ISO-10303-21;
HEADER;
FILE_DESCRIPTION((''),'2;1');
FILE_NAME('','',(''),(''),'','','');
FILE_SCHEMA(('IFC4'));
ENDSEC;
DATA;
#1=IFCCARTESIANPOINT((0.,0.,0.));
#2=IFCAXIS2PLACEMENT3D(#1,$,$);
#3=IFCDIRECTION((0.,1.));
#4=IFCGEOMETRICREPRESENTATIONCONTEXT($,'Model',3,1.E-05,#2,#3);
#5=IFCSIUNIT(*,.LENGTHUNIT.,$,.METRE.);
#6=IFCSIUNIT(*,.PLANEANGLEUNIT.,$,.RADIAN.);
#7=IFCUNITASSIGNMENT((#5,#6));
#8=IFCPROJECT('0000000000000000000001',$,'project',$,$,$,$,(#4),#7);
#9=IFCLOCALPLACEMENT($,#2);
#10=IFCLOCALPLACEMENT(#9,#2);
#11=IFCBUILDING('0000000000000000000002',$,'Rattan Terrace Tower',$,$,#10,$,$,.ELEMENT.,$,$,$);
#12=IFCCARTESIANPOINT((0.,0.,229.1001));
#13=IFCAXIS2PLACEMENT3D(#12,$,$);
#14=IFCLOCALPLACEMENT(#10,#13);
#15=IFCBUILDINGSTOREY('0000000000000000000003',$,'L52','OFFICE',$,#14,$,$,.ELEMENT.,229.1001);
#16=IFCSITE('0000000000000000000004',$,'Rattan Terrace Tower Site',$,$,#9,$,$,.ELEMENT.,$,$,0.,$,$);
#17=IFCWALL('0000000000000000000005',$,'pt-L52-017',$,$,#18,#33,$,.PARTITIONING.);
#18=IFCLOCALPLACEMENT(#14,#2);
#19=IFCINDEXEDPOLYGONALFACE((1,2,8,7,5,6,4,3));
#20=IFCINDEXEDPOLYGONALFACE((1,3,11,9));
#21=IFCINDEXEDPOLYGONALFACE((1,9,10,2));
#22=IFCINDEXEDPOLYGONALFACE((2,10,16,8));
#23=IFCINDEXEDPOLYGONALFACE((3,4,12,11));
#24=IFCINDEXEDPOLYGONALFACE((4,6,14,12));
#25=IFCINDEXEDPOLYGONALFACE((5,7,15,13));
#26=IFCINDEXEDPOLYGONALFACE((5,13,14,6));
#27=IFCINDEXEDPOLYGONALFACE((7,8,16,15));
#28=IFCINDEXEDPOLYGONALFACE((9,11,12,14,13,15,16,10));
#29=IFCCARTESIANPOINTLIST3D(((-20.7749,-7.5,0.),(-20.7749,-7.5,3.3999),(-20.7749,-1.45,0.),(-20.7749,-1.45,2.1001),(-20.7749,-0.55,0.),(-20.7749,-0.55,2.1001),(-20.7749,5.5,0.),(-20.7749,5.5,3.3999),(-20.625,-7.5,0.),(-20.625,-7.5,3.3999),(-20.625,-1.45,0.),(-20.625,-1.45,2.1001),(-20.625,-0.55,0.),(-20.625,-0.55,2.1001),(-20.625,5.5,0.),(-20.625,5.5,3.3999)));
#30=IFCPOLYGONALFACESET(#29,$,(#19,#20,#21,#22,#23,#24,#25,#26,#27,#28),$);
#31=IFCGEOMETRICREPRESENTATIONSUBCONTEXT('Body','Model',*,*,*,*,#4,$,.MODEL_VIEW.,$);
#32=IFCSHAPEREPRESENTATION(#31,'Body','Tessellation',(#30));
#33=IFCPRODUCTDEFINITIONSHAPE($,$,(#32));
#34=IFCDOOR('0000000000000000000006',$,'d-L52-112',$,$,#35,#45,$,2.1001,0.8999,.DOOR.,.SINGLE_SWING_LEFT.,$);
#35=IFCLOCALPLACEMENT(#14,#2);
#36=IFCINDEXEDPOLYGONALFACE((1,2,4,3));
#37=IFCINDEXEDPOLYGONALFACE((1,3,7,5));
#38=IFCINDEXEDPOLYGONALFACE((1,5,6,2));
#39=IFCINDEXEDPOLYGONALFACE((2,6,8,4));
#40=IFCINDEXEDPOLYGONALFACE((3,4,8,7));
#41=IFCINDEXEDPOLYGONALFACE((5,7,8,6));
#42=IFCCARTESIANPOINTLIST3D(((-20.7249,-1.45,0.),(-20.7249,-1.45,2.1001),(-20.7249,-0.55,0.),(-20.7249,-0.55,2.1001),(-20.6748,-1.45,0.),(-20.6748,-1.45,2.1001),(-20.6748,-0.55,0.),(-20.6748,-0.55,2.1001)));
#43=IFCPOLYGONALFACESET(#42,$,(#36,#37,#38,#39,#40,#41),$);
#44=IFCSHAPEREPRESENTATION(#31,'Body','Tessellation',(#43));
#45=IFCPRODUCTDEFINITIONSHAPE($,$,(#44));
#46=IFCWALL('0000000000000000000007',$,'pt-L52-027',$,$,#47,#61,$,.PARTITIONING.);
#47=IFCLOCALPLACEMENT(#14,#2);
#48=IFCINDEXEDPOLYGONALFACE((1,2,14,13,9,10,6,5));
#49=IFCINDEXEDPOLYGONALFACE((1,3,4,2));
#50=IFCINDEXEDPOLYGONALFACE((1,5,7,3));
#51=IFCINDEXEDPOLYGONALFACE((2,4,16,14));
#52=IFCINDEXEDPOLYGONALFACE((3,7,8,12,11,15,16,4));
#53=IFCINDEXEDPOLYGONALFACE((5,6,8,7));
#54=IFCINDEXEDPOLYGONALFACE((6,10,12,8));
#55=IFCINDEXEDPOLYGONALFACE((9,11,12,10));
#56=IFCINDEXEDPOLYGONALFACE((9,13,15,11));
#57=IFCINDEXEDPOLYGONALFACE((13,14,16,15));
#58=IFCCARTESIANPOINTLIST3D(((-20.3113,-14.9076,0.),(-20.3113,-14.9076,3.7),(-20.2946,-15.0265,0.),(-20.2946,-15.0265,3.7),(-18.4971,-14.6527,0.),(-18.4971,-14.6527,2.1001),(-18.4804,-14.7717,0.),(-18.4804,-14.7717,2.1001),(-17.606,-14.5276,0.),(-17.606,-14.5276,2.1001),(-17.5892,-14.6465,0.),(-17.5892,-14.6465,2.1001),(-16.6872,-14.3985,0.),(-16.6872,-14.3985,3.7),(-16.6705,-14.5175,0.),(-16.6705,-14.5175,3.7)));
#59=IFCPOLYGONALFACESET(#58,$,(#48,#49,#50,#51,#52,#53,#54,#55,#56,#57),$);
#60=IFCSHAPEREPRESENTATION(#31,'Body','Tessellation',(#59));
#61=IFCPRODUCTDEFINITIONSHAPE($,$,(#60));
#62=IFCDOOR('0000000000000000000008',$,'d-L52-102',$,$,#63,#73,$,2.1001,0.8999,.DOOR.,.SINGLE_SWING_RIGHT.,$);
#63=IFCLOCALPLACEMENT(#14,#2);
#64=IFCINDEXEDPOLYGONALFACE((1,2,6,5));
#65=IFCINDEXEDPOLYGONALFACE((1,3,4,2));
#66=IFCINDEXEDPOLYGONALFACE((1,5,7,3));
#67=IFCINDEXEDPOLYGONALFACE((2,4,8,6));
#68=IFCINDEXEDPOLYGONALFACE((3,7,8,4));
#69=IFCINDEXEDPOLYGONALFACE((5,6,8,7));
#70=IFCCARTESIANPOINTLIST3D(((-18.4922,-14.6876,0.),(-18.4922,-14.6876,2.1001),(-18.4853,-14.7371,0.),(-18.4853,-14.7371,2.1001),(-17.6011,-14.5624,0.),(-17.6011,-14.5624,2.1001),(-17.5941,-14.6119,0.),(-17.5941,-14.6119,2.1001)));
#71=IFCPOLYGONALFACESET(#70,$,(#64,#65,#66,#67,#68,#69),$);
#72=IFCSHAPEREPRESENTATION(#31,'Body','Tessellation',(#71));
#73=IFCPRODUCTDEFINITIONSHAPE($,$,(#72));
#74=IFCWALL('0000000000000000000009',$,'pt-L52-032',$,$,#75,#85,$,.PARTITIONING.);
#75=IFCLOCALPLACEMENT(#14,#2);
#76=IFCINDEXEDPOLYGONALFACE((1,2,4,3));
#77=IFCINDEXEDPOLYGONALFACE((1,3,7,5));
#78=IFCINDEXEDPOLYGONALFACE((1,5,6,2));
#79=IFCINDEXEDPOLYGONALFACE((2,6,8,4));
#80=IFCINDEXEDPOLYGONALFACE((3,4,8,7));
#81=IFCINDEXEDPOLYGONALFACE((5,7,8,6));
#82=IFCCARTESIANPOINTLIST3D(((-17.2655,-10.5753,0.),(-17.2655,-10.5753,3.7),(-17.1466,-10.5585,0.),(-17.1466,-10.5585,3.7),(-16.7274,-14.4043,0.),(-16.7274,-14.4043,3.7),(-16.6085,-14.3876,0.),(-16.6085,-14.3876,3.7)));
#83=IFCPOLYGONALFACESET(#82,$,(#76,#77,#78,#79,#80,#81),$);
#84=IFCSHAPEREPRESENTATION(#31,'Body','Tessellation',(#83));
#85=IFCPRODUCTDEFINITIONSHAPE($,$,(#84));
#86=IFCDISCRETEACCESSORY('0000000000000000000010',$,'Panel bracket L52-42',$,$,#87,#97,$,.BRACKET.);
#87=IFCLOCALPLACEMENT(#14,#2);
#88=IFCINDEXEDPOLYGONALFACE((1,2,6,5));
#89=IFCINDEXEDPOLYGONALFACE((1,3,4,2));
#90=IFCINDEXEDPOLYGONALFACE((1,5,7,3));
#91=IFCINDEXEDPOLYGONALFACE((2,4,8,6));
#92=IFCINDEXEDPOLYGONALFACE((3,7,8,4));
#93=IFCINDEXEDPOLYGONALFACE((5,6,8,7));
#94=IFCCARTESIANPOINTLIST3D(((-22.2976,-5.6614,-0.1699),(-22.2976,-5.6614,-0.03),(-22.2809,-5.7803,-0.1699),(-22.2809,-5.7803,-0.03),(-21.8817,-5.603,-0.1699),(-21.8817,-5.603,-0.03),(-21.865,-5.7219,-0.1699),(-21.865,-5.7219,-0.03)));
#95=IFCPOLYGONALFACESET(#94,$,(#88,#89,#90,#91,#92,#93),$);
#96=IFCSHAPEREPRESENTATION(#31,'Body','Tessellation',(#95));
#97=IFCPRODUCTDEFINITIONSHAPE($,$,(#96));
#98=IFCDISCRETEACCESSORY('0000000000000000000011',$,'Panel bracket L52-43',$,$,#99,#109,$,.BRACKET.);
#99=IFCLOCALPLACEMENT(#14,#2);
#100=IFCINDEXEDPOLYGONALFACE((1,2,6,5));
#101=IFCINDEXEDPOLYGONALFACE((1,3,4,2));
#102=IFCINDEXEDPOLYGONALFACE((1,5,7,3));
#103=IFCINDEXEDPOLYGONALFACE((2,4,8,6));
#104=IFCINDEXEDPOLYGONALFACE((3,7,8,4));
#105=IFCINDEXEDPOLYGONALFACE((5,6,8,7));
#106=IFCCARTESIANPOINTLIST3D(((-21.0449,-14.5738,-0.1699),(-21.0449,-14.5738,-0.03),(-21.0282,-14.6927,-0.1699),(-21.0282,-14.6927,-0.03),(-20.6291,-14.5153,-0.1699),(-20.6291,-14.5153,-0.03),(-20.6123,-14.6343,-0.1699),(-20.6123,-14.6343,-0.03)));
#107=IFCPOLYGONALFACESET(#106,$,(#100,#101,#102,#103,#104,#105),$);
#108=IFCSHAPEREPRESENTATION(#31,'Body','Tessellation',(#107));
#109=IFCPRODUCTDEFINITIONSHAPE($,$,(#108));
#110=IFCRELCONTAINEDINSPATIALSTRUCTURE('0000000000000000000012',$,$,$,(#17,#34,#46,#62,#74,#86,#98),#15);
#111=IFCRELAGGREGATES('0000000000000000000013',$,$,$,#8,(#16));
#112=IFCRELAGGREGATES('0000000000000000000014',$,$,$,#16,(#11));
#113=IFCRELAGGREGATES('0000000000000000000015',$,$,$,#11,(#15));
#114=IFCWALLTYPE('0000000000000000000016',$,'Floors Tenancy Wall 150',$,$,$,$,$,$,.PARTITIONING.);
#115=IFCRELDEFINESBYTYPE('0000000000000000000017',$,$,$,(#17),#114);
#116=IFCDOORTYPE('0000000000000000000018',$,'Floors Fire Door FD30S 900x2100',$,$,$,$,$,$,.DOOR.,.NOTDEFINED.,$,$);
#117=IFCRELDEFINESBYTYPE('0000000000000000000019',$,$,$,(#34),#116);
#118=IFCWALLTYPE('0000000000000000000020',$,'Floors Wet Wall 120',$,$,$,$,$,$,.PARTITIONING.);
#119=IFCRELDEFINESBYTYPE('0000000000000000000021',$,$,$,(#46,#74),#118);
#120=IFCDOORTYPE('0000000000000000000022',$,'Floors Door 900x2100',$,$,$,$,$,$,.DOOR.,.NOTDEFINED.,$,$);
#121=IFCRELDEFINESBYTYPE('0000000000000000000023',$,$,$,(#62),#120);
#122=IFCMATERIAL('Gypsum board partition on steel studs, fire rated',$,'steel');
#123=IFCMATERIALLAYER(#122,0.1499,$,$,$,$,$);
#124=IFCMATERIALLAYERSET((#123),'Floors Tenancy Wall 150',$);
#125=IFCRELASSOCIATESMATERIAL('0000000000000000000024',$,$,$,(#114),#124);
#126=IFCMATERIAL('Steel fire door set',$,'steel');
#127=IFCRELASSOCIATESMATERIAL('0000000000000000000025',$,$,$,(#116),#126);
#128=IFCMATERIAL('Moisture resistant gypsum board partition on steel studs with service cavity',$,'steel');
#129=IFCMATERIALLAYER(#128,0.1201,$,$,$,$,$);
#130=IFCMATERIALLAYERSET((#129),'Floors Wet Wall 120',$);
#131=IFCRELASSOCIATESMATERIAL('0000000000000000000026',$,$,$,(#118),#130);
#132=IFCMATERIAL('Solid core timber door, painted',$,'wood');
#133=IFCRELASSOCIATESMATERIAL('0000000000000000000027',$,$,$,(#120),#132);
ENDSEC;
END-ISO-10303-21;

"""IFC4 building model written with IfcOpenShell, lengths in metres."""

from ifc_helpers import new_model, si_unit, direction, frame, frame_2d, origin, origin_2d, place, context, subcontext, project, spatial, rectangle, extrude, material, layer, layer_set, type_object, element, fill, save


model = new_model("IFC4")

# Units and contexts
model_context = context("Model", 3, precision=1e-05, world=origin(), true_north=direction((0.0, 1.0)))
body_context = subcontext(model_context, "Body", "Model", "MODEL_VIEW")
ifc_project = project(units=[si_unit("LENGTHUNIT", "METRE"), si_unit("PLANEANGLEUNIT", "RADIAN")], contexts=[model_context])

# Site, building, storey
site_placement = place(None, origin())
site = spatial("IfcSite", under=ifc_project, at=site_placement, Name="Rattan Terrace Tower Site", CompositionType="ELEMENT", RefElevation=0.0)
building_placement = place(site_placement, origin())
building = spatial("IfcBuilding", under=site, at=building_placement, Name="Rattan Terrace Tower", CompositionType="ELEMENT")
storey_placement = place(building_placement, frame((0.0, 0.0, 229.1001)))
storey = spatial("IfcBuildingStorey", under=building, at=storey_placement, Name="L52", Description="OFFICE", CompositionType="ELEMENT", Elevation=229.1001)

# Shared definitions
ifc_material_1 = material(Name="Gypsum board partition on steel studs, fire rated", Category="steel")
ifc_layer_1 = layer(ifc_material_1, 0.1499)
ifc_layer_set_1 = layer_set([ifc_layer_1], Name="Floors Tenancy Wall 150")
wall_type_1 = type_object("IfcWallType", Name="Floors Tenancy Wall 150", PredefinedType="PARTITIONING", material=ifc_layer_set_1)

# Walls, openings, doors
wall_1_placement = place(storey_placement, frame((-20.7, -7.5, 0.0), z_axis=(0.0, 0.0, 1.0), x_axis=(0.0, 1.0, 0.0)))
wall_1 = element("IfcWall", 1, at=wall_1_placement, inside=storey, type_object=wall_type_1, Name="pt-L52-017", PredefinedType="PARTITIONING", context=body_context, shape_type="SweptSolid", body=[
    extrude(rectangle(XDim=13.0, YDim=0.1499, at=frame_2d((6.5, 0.0))), origin(), (0.0, 0.0, 1.0), 3.3999),
])
opening_1_placement = place(wall_1_placement, frame((6.05, 0.0, 0.0)))
opening_1 = element("IfcOpeningElement", 2, at=opening_1_placement, cuts=wall_1, PredefinedType="OPENING", context=body_context, shape_type="SweptSolid", body=[
    extrude(rectangle(XDim=0.8999, YDim=2.1001, at=frame_2d((0.45, 1.05))), frame((0.0, 0.0854, 0.0), z_axis=(0.0, -1.0, 0.0), x_axis=(1.0, 0.0, 0.0)), (0.0, 0.0, 1.0), 0.1709),
])
ifc_material_2 = material(Name="Steel fire door set", Category="steel")
door_type_1 = type_object("IfcDoorType", Name="Floors Fire Door FD30S 900x2100", OperationType="NOTDEFINED", PredefinedType="DOOR", material=ifc_material_2)
door_1_placement = place(opening_1_placement, origin())
door_1 = element("IfcDoor", 3, at=door_1_placement, inside=storey, type_object=door_type_1, Name="d-L52-112", OperationType="SINGLE_SWING_LEFT", OverallHeight=2.1001, OverallWidth=0.8999, PredefinedType="DOOR", context=body_context, shape_type="SweptSolid", body=[
    extrude(rectangle(XDim=0.8999, YDim=2.1001, at=frame_2d((0.45, 1.05))), frame((0.0, 0.0249, 0.0), z_axis=(0.0, -1.0, 0.0), x_axis=(1.0, 0.0, 0.0)), (0.0, 0.0, 1.0), 0.05),
])
fill(opening_1, door_1)
ifc_material_3 = material(Name="Moisture resistant gypsum board partition on steel studs with service cavity", Category="steel")
ifc_layer_2 = layer(ifc_material_3, 0.1201)
ifc_layer_set_2 = layer_set([ifc_layer_2], Name="Floors Wet Wall 120")
wall_type_2 = type_object("IfcWallType", Name="Floors Wet Wall 120", PredefinedType="PARTITIONING", material=ifc_layer_set_2)
wall_2_placement = place(storey_placement, frame((-20.303, -14.967, 0.0), z_axis=(0.0, 0.0, 1.0), x_axis=(0.990279, 0.139095, 0.0)))
wall_2 = element("IfcWall", 4, at=wall_2_placement, inside=storey, type_object=wall_type_2, Name="pt-L52-027", PredefinedType="PARTITIONING", context=body_context, shape_type="SweptSolid", body=[
    extrude(rectangle(XDim=3.6597, YDim=0.1201, at=frame_2d((1.8298, 0.0))), origin(), (0.0, 0.0, 1.0), 3.7),
])
opening_2_placement = place(wall_2_placement, frame((1.832, 0.0, 0.0)))
opening_2 = element("IfcOpeningElement", 5, at=opening_2_placement, cuts=wall_2, PredefinedType="OPENING", context=body_context, shape_type="SweptSolid", body=[
    extrude(rectangle(XDim=0.8999, YDim=2.1001, at=frame_2d((0.45, 1.05))), frame((0.0, 0.0706, 0.0), z_axis=(0.0, -1.0, 0.0), x_axis=(1.0, 0.0, 0.0)), (0.0, 0.0, 1.0), 0.1411),
])
ifc_material_4 = material(Name="Solid core timber door, painted", Category="wood")
door_type_2 = type_object("IfcDoorType", Name="Floors Door 900x2100", OperationType="NOTDEFINED", PredefinedType="DOOR", material=ifc_material_4)
door_2_placement = place(opening_2_placement, origin())
door_2 = element("IfcDoor", 6, at=door_2_placement, inside=storey, type_object=door_type_2, Name="d-L52-102", OperationType="SINGLE_SWING_RIGHT", OverallHeight=2.1001, OverallWidth=0.8999, PredefinedType="DOOR", context=body_context, shape_type="SweptSolid", body=[
    extrude(rectangle(XDim=0.8999, YDim=2.1001, at=frame_2d((0.45, 1.05))), frame((0.0, 0.0249, 0.0), z_axis=(0.0, -1.0, 0.0), x_axis=(1.0, 0.0, 0.0)), (0.0, 0.0, 1.0), 0.05),
])
fill(opening_2, door_2)

# Wall
wall_3_placement = place(storey_placement, frame((-17.2061, -10.5669, 0.0), z_axis=(0.0, 0.0, 1.0), x_axis=(0.139158, -0.99027, 0.0)))
element("IfcWall", 7, at=wall_3_placement, inside=storey, type_object=wall_type_2, Name="pt-L52-032", PredefinedType="PARTITIONING", context=body_context, shape_type="SweptSolid", body=[
    extrude(rectangle(XDim=3.8667, YDim=0.1201, at=frame_2d((1.9333, 0.0))), origin(), (0.0, 0.0, 1.0), 3.7),
])

# Discrete accessories
for number, where, z_axis, x_axis, name in (
    (8, (-22.0813, -5.6917, -0.1699), (0.0, 0.0, 1.0), (0.139186, -0.990266, 0.0), "Panel bracket L52-42"),
    (9, (-20.8286, -14.604, -0.1699), (0.0, 0.0, 1.0), (0.139186, -0.990266, 0.0), "Panel bracket L52-43"),
):
    element("IfcDiscreteAccessory", number, at=place(storey_placement, frame(where, z_axis=z_axis, x_axis=x_axis)), inside=storey, Name=name, PredefinedType="BRACKET", context=body_context, shape_type="SweptSolid", body=[
        extrude(rectangle(XDim=0.1201, YDim=0.4199, at=origin_2d()), origin(), (0.0, 0.0, 1.0), 0.1399),
    ])

save(model, "model.ifc")
